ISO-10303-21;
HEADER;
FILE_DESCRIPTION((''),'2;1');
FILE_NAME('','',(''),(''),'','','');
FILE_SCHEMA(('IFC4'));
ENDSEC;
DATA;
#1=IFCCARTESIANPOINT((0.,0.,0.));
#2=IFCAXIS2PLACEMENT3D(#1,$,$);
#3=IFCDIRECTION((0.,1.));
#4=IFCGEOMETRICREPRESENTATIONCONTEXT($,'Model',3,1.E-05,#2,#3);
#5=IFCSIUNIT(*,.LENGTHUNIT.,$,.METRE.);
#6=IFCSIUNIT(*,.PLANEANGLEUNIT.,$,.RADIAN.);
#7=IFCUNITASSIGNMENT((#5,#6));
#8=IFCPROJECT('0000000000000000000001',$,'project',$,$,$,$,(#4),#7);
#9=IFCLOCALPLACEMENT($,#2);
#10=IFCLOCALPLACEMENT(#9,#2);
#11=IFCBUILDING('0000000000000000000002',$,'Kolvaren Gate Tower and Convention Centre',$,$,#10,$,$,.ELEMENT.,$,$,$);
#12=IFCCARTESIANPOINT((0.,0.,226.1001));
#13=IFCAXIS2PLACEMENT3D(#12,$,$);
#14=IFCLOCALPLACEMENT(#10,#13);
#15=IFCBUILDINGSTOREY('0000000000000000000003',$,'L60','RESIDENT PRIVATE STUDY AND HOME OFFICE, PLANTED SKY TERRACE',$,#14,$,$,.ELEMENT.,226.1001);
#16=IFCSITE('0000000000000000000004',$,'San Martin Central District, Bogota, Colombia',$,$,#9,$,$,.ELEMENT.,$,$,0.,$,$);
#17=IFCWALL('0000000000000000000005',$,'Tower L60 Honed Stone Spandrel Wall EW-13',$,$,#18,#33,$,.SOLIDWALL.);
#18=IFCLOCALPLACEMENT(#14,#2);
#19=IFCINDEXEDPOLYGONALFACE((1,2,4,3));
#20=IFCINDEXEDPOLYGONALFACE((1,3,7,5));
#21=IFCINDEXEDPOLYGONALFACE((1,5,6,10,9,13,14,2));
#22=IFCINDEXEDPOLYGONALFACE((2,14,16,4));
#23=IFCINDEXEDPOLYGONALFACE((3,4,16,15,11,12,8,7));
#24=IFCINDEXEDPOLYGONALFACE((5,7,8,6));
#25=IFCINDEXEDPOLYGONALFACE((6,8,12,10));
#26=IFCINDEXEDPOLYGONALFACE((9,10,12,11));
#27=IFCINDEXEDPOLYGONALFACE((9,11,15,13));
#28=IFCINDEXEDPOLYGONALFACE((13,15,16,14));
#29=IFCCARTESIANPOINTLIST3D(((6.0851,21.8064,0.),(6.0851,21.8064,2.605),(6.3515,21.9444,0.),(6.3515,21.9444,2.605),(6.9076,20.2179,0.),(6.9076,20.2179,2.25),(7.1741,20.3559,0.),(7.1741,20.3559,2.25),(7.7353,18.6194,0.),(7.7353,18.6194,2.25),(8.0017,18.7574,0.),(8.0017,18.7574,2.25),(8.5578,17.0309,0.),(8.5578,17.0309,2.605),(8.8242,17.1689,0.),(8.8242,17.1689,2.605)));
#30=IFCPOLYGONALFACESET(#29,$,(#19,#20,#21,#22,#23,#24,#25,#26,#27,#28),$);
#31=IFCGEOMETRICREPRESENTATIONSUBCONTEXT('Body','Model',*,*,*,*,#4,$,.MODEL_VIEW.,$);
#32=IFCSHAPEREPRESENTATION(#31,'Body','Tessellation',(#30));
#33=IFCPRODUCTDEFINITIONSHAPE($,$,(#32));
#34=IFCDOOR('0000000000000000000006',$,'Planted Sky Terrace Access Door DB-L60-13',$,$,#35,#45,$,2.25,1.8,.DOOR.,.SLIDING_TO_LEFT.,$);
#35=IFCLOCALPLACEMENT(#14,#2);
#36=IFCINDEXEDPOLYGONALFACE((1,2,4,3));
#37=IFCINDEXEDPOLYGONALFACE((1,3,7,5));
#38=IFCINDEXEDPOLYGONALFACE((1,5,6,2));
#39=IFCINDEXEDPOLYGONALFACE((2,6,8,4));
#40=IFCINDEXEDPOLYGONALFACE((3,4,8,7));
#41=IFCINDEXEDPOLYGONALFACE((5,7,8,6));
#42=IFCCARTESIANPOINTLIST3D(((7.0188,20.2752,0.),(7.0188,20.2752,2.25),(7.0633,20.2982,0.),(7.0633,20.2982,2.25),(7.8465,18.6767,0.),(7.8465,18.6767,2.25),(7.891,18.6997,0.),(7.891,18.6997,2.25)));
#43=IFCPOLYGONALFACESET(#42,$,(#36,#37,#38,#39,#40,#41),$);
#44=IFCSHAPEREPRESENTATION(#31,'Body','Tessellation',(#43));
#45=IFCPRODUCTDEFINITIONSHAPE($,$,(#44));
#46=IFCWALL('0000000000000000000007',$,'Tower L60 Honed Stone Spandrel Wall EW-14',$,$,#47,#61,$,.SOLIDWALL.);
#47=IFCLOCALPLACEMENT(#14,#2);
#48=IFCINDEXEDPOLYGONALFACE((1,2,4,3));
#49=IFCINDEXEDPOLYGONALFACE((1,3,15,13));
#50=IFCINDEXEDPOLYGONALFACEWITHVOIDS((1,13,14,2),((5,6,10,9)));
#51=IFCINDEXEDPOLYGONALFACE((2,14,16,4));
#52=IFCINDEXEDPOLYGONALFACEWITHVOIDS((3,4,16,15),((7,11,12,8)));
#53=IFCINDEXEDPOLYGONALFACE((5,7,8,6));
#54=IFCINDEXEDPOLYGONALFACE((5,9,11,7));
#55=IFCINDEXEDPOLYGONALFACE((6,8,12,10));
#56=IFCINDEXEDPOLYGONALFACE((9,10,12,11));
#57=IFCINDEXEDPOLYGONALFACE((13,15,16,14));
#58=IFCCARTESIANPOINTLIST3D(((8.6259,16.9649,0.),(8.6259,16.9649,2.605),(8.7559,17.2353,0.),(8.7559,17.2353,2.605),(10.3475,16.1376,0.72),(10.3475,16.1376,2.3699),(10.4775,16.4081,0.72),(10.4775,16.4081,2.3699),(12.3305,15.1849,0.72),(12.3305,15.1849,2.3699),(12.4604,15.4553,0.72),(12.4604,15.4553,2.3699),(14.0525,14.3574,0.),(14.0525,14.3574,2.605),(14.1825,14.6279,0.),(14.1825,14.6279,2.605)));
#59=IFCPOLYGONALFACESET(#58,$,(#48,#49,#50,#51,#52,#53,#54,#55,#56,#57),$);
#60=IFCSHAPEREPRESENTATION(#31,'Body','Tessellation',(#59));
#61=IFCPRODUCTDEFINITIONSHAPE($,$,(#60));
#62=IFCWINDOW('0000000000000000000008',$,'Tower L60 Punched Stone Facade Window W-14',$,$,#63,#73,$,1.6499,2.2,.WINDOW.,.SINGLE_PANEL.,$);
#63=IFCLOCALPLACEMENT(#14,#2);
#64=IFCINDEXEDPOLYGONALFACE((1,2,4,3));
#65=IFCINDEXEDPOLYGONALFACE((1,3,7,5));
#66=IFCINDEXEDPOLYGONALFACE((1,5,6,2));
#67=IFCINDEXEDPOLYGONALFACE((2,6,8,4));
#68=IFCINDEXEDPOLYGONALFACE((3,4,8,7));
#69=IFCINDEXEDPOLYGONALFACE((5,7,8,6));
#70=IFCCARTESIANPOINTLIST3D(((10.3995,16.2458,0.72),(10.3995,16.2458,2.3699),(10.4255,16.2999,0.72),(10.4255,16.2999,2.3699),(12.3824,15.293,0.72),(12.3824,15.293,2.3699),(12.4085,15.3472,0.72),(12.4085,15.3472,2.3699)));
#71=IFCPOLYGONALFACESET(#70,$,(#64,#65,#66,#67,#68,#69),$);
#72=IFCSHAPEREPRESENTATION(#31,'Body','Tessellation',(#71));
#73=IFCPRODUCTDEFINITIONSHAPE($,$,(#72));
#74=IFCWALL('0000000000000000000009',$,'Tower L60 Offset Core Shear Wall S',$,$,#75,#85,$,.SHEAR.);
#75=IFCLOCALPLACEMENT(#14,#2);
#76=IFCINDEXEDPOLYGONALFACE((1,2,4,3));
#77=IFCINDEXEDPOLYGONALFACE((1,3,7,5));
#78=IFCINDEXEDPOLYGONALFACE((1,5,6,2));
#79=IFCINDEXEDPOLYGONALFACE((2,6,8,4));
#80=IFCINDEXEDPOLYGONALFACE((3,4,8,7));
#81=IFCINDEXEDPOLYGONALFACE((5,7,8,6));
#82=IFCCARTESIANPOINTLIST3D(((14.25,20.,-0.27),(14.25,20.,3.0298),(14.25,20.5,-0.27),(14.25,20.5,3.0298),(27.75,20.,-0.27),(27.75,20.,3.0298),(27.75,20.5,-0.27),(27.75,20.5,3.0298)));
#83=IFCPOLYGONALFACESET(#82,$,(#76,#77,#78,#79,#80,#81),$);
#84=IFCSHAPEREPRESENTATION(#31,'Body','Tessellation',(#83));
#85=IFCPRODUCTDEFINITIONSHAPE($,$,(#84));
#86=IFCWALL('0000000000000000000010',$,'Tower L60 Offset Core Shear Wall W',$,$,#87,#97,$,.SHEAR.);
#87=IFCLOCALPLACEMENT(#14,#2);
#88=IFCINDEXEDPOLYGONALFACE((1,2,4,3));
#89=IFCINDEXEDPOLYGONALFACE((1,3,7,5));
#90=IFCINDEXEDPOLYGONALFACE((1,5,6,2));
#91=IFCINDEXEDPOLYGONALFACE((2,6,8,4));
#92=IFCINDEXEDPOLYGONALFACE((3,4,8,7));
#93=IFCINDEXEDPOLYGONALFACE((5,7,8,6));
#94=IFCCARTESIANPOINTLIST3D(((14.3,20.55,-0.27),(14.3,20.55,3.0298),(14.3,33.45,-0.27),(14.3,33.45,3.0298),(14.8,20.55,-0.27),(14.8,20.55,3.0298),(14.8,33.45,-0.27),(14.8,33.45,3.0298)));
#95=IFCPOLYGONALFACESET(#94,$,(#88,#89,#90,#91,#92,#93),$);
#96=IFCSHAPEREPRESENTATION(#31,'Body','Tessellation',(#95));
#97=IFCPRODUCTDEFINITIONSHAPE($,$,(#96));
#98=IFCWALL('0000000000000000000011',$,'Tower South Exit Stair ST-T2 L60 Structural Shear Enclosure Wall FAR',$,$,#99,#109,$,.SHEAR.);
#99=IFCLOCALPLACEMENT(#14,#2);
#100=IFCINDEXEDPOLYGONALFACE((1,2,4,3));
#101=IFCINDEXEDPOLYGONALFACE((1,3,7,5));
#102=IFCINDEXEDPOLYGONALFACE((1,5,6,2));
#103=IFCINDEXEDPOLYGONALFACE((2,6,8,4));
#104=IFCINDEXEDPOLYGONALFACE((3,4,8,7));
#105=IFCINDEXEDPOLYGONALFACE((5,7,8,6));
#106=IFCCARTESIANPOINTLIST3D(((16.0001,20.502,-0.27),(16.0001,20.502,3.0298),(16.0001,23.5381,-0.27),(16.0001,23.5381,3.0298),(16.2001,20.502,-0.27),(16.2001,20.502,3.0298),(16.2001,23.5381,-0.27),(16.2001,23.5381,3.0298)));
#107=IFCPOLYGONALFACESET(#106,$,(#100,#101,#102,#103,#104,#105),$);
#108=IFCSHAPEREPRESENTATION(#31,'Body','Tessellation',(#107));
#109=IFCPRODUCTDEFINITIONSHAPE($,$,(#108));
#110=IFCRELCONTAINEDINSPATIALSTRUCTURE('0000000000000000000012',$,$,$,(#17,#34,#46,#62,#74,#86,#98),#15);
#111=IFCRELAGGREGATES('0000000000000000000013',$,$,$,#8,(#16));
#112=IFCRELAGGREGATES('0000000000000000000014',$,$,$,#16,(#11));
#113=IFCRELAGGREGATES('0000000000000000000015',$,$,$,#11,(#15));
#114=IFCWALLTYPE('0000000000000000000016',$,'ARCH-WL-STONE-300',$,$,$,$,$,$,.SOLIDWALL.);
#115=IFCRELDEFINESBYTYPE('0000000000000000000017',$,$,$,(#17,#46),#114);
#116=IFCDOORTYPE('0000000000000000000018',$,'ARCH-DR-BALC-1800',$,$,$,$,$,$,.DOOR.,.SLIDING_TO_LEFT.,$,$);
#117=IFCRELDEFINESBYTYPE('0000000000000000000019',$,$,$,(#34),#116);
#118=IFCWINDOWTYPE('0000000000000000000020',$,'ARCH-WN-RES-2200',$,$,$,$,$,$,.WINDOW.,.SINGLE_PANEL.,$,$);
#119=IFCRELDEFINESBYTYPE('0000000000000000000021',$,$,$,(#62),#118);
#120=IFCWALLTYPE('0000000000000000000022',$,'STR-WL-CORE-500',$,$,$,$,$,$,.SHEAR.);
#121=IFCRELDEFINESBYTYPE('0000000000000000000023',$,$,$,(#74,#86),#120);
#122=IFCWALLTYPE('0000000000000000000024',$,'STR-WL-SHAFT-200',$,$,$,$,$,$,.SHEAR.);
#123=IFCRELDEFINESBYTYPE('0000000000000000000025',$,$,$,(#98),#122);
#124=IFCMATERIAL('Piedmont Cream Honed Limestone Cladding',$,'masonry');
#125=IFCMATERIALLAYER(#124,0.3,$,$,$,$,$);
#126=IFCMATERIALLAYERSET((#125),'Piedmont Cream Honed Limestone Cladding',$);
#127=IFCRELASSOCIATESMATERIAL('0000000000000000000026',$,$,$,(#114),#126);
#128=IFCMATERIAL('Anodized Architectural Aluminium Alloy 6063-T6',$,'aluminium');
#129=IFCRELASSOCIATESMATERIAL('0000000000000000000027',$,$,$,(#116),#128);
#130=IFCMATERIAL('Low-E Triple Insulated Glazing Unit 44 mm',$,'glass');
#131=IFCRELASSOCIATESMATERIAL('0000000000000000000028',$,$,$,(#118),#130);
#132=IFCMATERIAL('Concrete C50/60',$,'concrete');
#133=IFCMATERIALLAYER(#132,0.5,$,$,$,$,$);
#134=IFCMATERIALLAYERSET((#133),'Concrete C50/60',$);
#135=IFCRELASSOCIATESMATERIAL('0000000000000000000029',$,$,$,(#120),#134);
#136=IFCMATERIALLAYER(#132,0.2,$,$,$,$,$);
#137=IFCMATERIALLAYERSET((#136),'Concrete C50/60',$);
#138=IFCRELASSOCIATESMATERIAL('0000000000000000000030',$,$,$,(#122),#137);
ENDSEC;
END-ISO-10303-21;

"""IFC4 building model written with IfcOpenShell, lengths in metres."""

from ifc_helpers import new_model, si_unit, direction, frame, frame_2d, origin, place, context, subcontext, project, spatial, rectangle, extrude, material, layer, layer_set, type_object, element, fill, save


model = new_model("IFC4")

# Units and contexts
model_context = context("Model", 3, precision=1e-05, world=origin(), true_north=direction((0.0, 1.0)))
body_context = subcontext(model_context, "Body", "Model", "MODEL_VIEW")
ifc_project = project(units=[si_unit("LENGTHUNIT", "METRE"), si_unit("PLANEANGLEUNIT", "RADIAN")], contexts=[model_context])

# Site, building, storey
site_placement = place(None, origin())
site = spatial("IfcSite", under=ifc_project, at=site_placement, Name="San Martin Central District, Bogota, Colombia", CompositionType="ELEMENT", RefElevation=0.0)
building_placement = place(site_placement, origin())
building = spatial("IfcBuilding", under=site, at=building_placement, Name="Kolvaren Gate Tower and Convention Centre", CompositionType="ELEMENT")
storey_placement = place(building_placement, frame((0.0, 0.0, 226.1001)))
storey = spatial("IfcBuildingStorey", under=building, at=storey_placement, Name="L60", Description="RESIDENT PRIVATE STUDY AND HOME OFFICE, PLANTED SKY TERRACE", CompositionType="ELEMENT", Elevation=226.1001)

# Shared definitions
ifc_material_1 = material(Name="Anodized Architectural Aluminium Alloy 6063-T6", Category="aluminium")

# Shared definitions
ifc_material_2 = material(Name="Low-E Triple Insulated Glazing Unit 44 mm", Category="glass")

# Shared definitions
ifc_material_3 = material(Name="Piedmont Cream Honed Limestone Cladding", Category="masonry")

# Wall, opening, door
ifc_layer_1 = layer(ifc_material_3, 0.3)
ifc_layer_set_1 = layer_set([ifc_layer_1], Name="Piedmont Cream Honed Limestone Cladding")
wall_type_1 = type_object("IfcWallType", Name="ARCH-WL-STONE-300", PredefinedType="SOLIDWALL", material=ifc_layer_set_1)
wall_1_placement = place(storey_placement, frame((6.2183, 21.8755, 0.0), z_axis=(0.0, 0.0, 1.0), x_axis=(0.459808, -0.888018, 0.0)))
wall_1 = element("IfcWall", 1, at=wall_1_placement, inside=storey, type_object=wall_type_1, Name="Tower L60 Honed Stone Spandrel Wall EW-13", PredefinedType="SOLIDWALL", context=body_context, shape_type="SweptSolid", body=[
    extrude(rectangle(XDim=5.3777, YDim=0.3, at=frame_2d((2.689, 0.0))), origin(), (0.0, 0.0, 1.0), 2.605),
])
opening_1_placement = place(wall_1_placement, frame((1.7891, 0.0, 0.0)))
opening_1 = element("IfcOpeningElement", 2, at=opening_1_placement, cuts=wall_1, PredefinedType="OPENING", context=body_context, shape_type="SweptSolid", body=[
    extrude(rectangle(XDim=1.8, YDim=2.25, at=frame_2d((0.8999, 1.125))), frame((0.0, 0.1599, 0.0), z_axis=(0.0, -1.0, 0.0), x_axis=(1.0, 0.0, 0.0)), (0.0, 0.0, 1.0), 0.3201),
])
door_type_1 = type_object("IfcDoorType", Name="ARCH-DR-BALC-1800", OperationType="SLIDING_TO_LEFT", PredefinedType="DOOR", material=ifc_material_1)
door_1_placement = place(opening_1_placement, frame((1.8, 0.0, 0.0), z_axis=(0.0, 0.0, 1.0), x_axis=(-1.0, 0.0, 0.0)))
door_1 = element("IfcDoor", 3, at=door_1_placement, inside=storey, type_object=door_type_1, Name="Planted Sky Terrace Access Door DB-L60-13", OperationType="SLIDING_TO_LEFT", OverallHeight=2.25, OverallWidth=1.8, PredefinedType="DOOR", context=body_context, shape_type="SweptSolid", body=[
    extrude(rectangle(XDim=1.8, YDim=2.25, at=frame_2d((0.8999, 1.125))), frame((0.0, 0.0249, 0.0), z_axis=(0.0, -1.0, 0.0), x_axis=(1.0, 0.0, 0.0)), (0.0, 0.0, 1.0), 0.05),
])
fill(opening_1, door_1)

# Wall, opening, window
wall_2_placement = place(storey_placement, frame((8.6909, 17.1001, 0.0), z_axis=(0.0, 0.0, 1.0), x_axis=(0.901348, -0.433095, 0.0)))
wall_2 = element("IfcWall", 4, at=wall_2_placement, inside=storey, type_object=wall_type_1, Name="Tower L60 Honed Stone Spandrel Wall EW-14", PredefinedType="SOLIDWALL", context=body_context, shape_type="SweptSolid", body=[
    extrude(rectangle(XDim=6.0205, YDim=0.3, at=frame_2d((3.0103, 0.0))), origin(), (0.0, 0.0, 1.0), 2.605),
])
opening_2_placement = place(wall_2_placement, frame((1.9099, 0.0, 0.72)))
opening_2 = element("IfcOpeningElement", 5, at=opening_2_placement, cuts=wall_2, PredefinedType="OPENING", context=body_context, shape_type="SweptSolid", body=[
    extrude(rectangle(XDim=2.2, YDim=1.6499, at=frame_2d((1.1001, 0.825))), frame((0.0, 0.1599, 0.0), z_axis=(0.0, -1.0, 0.0), x_axis=(1.0, 0.0, 0.0)), (0.0, 0.0, 1.0), 0.3201),
])
window_type = type_object("IfcWindowType", Name="ARCH-WN-RES-2200", PartitioningType="SINGLE_PANEL", PredefinedType="WINDOW", material=ifc_material_2)
window_placement = place(opening_2_placement, origin())
window = element("IfcWindow", 6, at=window_placement, inside=storey, type_object=window_type, Name="Tower L60 Punched Stone Facade Window W-14", OverallHeight=1.6499, OverallWidth=2.2, PartitioningType="SINGLE_PANEL", PredefinedType="WINDOW", context=body_context, shape_type="SweptSolid", body=[
    extrude(rectangle(XDim=2.2, YDim=1.6499, at=frame_2d((1.1001, 0.825))), frame((0.0, 0.03, 0.0), z_axis=(0.0, -1.0, 0.0), x_axis=(1.0, 0.0, 0.0)), (0.0, 0.0, 1.0), 0.0601),
])
fill(opening_2, window)

# Walls
ifc_material_4 = material(Name="Concrete C50/60", Category="concrete")
ifc_layer_2 = layer(ifc_material_4, 0.5)
ifc_layer_set_2 = layer_set([ifc_layer_2], Name="Concrete C50/60")
wall_type_2 = type_object("IfcWallType", Name="STR-WL-CORE-500", PredefinedType="SHEAR", material=ifc_layer_set_2)
wall_3_placement = place(storey_placement, frame((14.25, 20.25, -0.27), z_axis=(0.0, 0.0, 1.0), x_axis=(1.0, 0.0, 0.0)))
element("IfcWall", 7, at=wall_3_placement, inside=storey, type_object=wall_type_2, Name="Tower L60 Offset Core Shear Wall S", PredefinedType="SHEAR", context=body_context, shape_type="SweptSolid", body=[
    extrude(rectangle(XDim=13.5, YDim=0.5, at=frame_2d((6.75, 0.0))), origin(), (0.0, 0.0, 1.0), 3.2998),
])
wall_4_placement = place(storey_placement, frame((14.55, 20.55, -0.27), z_axis=(0.0, 0.0, 1.0), x_axis=(0.0, 1.0, 0.0)))
element("IfcWall", 8, at=wall_4_placement, inside=storey, type_object=wall_type_2, Name="Tower L60 Offset Core Shear Wall W", PredefinedType="SHEAR", context=body_context, shape_type="SweptSolid", body=[
    extrude(rectangle(XDim=12.8999, YDim=0.5, at=frame_2d((6.45, 0.0))), origin(), (0.0, 0.0, 1.0), 3.2998),
])
ifc_layer_3 = layer(ifc_material_4, 0.2)
ifc_layer_set_3 = layer_set([ifc_layer_3], Name="Concrete C50/60")
wall_type_3 = type_object("IfcWallType", Name="STR-WL-SHAFT-200", PredefinedType="SHEAR", material=ifc_layer_set_3)
wall_5_placement = place(storey_placement, frame((16.1001, 20.502, -0.27), z_axis=(0.0, 0.0, 1.0), x_axis=(0.0, 1.0, 0.0)))
element("IfcWall", 9, at=wall_5_placement, inside=storey, type_object=wall_type_3, Name="Tower South Exit Stair ST-T2 L60 Structural Shear Enclosure Wall FAR", PredefinedType="SHEAR", context=body_context, shape_type="SweptSolid", body=[
    extrude(rectangle(XDim=3.0361, YDim=0.2, at=frame_2d((1.5181, 0.0))), origin(), (0.0, 0.0, 1.0), 3.2998),
])

save(model, "model.ifc")
